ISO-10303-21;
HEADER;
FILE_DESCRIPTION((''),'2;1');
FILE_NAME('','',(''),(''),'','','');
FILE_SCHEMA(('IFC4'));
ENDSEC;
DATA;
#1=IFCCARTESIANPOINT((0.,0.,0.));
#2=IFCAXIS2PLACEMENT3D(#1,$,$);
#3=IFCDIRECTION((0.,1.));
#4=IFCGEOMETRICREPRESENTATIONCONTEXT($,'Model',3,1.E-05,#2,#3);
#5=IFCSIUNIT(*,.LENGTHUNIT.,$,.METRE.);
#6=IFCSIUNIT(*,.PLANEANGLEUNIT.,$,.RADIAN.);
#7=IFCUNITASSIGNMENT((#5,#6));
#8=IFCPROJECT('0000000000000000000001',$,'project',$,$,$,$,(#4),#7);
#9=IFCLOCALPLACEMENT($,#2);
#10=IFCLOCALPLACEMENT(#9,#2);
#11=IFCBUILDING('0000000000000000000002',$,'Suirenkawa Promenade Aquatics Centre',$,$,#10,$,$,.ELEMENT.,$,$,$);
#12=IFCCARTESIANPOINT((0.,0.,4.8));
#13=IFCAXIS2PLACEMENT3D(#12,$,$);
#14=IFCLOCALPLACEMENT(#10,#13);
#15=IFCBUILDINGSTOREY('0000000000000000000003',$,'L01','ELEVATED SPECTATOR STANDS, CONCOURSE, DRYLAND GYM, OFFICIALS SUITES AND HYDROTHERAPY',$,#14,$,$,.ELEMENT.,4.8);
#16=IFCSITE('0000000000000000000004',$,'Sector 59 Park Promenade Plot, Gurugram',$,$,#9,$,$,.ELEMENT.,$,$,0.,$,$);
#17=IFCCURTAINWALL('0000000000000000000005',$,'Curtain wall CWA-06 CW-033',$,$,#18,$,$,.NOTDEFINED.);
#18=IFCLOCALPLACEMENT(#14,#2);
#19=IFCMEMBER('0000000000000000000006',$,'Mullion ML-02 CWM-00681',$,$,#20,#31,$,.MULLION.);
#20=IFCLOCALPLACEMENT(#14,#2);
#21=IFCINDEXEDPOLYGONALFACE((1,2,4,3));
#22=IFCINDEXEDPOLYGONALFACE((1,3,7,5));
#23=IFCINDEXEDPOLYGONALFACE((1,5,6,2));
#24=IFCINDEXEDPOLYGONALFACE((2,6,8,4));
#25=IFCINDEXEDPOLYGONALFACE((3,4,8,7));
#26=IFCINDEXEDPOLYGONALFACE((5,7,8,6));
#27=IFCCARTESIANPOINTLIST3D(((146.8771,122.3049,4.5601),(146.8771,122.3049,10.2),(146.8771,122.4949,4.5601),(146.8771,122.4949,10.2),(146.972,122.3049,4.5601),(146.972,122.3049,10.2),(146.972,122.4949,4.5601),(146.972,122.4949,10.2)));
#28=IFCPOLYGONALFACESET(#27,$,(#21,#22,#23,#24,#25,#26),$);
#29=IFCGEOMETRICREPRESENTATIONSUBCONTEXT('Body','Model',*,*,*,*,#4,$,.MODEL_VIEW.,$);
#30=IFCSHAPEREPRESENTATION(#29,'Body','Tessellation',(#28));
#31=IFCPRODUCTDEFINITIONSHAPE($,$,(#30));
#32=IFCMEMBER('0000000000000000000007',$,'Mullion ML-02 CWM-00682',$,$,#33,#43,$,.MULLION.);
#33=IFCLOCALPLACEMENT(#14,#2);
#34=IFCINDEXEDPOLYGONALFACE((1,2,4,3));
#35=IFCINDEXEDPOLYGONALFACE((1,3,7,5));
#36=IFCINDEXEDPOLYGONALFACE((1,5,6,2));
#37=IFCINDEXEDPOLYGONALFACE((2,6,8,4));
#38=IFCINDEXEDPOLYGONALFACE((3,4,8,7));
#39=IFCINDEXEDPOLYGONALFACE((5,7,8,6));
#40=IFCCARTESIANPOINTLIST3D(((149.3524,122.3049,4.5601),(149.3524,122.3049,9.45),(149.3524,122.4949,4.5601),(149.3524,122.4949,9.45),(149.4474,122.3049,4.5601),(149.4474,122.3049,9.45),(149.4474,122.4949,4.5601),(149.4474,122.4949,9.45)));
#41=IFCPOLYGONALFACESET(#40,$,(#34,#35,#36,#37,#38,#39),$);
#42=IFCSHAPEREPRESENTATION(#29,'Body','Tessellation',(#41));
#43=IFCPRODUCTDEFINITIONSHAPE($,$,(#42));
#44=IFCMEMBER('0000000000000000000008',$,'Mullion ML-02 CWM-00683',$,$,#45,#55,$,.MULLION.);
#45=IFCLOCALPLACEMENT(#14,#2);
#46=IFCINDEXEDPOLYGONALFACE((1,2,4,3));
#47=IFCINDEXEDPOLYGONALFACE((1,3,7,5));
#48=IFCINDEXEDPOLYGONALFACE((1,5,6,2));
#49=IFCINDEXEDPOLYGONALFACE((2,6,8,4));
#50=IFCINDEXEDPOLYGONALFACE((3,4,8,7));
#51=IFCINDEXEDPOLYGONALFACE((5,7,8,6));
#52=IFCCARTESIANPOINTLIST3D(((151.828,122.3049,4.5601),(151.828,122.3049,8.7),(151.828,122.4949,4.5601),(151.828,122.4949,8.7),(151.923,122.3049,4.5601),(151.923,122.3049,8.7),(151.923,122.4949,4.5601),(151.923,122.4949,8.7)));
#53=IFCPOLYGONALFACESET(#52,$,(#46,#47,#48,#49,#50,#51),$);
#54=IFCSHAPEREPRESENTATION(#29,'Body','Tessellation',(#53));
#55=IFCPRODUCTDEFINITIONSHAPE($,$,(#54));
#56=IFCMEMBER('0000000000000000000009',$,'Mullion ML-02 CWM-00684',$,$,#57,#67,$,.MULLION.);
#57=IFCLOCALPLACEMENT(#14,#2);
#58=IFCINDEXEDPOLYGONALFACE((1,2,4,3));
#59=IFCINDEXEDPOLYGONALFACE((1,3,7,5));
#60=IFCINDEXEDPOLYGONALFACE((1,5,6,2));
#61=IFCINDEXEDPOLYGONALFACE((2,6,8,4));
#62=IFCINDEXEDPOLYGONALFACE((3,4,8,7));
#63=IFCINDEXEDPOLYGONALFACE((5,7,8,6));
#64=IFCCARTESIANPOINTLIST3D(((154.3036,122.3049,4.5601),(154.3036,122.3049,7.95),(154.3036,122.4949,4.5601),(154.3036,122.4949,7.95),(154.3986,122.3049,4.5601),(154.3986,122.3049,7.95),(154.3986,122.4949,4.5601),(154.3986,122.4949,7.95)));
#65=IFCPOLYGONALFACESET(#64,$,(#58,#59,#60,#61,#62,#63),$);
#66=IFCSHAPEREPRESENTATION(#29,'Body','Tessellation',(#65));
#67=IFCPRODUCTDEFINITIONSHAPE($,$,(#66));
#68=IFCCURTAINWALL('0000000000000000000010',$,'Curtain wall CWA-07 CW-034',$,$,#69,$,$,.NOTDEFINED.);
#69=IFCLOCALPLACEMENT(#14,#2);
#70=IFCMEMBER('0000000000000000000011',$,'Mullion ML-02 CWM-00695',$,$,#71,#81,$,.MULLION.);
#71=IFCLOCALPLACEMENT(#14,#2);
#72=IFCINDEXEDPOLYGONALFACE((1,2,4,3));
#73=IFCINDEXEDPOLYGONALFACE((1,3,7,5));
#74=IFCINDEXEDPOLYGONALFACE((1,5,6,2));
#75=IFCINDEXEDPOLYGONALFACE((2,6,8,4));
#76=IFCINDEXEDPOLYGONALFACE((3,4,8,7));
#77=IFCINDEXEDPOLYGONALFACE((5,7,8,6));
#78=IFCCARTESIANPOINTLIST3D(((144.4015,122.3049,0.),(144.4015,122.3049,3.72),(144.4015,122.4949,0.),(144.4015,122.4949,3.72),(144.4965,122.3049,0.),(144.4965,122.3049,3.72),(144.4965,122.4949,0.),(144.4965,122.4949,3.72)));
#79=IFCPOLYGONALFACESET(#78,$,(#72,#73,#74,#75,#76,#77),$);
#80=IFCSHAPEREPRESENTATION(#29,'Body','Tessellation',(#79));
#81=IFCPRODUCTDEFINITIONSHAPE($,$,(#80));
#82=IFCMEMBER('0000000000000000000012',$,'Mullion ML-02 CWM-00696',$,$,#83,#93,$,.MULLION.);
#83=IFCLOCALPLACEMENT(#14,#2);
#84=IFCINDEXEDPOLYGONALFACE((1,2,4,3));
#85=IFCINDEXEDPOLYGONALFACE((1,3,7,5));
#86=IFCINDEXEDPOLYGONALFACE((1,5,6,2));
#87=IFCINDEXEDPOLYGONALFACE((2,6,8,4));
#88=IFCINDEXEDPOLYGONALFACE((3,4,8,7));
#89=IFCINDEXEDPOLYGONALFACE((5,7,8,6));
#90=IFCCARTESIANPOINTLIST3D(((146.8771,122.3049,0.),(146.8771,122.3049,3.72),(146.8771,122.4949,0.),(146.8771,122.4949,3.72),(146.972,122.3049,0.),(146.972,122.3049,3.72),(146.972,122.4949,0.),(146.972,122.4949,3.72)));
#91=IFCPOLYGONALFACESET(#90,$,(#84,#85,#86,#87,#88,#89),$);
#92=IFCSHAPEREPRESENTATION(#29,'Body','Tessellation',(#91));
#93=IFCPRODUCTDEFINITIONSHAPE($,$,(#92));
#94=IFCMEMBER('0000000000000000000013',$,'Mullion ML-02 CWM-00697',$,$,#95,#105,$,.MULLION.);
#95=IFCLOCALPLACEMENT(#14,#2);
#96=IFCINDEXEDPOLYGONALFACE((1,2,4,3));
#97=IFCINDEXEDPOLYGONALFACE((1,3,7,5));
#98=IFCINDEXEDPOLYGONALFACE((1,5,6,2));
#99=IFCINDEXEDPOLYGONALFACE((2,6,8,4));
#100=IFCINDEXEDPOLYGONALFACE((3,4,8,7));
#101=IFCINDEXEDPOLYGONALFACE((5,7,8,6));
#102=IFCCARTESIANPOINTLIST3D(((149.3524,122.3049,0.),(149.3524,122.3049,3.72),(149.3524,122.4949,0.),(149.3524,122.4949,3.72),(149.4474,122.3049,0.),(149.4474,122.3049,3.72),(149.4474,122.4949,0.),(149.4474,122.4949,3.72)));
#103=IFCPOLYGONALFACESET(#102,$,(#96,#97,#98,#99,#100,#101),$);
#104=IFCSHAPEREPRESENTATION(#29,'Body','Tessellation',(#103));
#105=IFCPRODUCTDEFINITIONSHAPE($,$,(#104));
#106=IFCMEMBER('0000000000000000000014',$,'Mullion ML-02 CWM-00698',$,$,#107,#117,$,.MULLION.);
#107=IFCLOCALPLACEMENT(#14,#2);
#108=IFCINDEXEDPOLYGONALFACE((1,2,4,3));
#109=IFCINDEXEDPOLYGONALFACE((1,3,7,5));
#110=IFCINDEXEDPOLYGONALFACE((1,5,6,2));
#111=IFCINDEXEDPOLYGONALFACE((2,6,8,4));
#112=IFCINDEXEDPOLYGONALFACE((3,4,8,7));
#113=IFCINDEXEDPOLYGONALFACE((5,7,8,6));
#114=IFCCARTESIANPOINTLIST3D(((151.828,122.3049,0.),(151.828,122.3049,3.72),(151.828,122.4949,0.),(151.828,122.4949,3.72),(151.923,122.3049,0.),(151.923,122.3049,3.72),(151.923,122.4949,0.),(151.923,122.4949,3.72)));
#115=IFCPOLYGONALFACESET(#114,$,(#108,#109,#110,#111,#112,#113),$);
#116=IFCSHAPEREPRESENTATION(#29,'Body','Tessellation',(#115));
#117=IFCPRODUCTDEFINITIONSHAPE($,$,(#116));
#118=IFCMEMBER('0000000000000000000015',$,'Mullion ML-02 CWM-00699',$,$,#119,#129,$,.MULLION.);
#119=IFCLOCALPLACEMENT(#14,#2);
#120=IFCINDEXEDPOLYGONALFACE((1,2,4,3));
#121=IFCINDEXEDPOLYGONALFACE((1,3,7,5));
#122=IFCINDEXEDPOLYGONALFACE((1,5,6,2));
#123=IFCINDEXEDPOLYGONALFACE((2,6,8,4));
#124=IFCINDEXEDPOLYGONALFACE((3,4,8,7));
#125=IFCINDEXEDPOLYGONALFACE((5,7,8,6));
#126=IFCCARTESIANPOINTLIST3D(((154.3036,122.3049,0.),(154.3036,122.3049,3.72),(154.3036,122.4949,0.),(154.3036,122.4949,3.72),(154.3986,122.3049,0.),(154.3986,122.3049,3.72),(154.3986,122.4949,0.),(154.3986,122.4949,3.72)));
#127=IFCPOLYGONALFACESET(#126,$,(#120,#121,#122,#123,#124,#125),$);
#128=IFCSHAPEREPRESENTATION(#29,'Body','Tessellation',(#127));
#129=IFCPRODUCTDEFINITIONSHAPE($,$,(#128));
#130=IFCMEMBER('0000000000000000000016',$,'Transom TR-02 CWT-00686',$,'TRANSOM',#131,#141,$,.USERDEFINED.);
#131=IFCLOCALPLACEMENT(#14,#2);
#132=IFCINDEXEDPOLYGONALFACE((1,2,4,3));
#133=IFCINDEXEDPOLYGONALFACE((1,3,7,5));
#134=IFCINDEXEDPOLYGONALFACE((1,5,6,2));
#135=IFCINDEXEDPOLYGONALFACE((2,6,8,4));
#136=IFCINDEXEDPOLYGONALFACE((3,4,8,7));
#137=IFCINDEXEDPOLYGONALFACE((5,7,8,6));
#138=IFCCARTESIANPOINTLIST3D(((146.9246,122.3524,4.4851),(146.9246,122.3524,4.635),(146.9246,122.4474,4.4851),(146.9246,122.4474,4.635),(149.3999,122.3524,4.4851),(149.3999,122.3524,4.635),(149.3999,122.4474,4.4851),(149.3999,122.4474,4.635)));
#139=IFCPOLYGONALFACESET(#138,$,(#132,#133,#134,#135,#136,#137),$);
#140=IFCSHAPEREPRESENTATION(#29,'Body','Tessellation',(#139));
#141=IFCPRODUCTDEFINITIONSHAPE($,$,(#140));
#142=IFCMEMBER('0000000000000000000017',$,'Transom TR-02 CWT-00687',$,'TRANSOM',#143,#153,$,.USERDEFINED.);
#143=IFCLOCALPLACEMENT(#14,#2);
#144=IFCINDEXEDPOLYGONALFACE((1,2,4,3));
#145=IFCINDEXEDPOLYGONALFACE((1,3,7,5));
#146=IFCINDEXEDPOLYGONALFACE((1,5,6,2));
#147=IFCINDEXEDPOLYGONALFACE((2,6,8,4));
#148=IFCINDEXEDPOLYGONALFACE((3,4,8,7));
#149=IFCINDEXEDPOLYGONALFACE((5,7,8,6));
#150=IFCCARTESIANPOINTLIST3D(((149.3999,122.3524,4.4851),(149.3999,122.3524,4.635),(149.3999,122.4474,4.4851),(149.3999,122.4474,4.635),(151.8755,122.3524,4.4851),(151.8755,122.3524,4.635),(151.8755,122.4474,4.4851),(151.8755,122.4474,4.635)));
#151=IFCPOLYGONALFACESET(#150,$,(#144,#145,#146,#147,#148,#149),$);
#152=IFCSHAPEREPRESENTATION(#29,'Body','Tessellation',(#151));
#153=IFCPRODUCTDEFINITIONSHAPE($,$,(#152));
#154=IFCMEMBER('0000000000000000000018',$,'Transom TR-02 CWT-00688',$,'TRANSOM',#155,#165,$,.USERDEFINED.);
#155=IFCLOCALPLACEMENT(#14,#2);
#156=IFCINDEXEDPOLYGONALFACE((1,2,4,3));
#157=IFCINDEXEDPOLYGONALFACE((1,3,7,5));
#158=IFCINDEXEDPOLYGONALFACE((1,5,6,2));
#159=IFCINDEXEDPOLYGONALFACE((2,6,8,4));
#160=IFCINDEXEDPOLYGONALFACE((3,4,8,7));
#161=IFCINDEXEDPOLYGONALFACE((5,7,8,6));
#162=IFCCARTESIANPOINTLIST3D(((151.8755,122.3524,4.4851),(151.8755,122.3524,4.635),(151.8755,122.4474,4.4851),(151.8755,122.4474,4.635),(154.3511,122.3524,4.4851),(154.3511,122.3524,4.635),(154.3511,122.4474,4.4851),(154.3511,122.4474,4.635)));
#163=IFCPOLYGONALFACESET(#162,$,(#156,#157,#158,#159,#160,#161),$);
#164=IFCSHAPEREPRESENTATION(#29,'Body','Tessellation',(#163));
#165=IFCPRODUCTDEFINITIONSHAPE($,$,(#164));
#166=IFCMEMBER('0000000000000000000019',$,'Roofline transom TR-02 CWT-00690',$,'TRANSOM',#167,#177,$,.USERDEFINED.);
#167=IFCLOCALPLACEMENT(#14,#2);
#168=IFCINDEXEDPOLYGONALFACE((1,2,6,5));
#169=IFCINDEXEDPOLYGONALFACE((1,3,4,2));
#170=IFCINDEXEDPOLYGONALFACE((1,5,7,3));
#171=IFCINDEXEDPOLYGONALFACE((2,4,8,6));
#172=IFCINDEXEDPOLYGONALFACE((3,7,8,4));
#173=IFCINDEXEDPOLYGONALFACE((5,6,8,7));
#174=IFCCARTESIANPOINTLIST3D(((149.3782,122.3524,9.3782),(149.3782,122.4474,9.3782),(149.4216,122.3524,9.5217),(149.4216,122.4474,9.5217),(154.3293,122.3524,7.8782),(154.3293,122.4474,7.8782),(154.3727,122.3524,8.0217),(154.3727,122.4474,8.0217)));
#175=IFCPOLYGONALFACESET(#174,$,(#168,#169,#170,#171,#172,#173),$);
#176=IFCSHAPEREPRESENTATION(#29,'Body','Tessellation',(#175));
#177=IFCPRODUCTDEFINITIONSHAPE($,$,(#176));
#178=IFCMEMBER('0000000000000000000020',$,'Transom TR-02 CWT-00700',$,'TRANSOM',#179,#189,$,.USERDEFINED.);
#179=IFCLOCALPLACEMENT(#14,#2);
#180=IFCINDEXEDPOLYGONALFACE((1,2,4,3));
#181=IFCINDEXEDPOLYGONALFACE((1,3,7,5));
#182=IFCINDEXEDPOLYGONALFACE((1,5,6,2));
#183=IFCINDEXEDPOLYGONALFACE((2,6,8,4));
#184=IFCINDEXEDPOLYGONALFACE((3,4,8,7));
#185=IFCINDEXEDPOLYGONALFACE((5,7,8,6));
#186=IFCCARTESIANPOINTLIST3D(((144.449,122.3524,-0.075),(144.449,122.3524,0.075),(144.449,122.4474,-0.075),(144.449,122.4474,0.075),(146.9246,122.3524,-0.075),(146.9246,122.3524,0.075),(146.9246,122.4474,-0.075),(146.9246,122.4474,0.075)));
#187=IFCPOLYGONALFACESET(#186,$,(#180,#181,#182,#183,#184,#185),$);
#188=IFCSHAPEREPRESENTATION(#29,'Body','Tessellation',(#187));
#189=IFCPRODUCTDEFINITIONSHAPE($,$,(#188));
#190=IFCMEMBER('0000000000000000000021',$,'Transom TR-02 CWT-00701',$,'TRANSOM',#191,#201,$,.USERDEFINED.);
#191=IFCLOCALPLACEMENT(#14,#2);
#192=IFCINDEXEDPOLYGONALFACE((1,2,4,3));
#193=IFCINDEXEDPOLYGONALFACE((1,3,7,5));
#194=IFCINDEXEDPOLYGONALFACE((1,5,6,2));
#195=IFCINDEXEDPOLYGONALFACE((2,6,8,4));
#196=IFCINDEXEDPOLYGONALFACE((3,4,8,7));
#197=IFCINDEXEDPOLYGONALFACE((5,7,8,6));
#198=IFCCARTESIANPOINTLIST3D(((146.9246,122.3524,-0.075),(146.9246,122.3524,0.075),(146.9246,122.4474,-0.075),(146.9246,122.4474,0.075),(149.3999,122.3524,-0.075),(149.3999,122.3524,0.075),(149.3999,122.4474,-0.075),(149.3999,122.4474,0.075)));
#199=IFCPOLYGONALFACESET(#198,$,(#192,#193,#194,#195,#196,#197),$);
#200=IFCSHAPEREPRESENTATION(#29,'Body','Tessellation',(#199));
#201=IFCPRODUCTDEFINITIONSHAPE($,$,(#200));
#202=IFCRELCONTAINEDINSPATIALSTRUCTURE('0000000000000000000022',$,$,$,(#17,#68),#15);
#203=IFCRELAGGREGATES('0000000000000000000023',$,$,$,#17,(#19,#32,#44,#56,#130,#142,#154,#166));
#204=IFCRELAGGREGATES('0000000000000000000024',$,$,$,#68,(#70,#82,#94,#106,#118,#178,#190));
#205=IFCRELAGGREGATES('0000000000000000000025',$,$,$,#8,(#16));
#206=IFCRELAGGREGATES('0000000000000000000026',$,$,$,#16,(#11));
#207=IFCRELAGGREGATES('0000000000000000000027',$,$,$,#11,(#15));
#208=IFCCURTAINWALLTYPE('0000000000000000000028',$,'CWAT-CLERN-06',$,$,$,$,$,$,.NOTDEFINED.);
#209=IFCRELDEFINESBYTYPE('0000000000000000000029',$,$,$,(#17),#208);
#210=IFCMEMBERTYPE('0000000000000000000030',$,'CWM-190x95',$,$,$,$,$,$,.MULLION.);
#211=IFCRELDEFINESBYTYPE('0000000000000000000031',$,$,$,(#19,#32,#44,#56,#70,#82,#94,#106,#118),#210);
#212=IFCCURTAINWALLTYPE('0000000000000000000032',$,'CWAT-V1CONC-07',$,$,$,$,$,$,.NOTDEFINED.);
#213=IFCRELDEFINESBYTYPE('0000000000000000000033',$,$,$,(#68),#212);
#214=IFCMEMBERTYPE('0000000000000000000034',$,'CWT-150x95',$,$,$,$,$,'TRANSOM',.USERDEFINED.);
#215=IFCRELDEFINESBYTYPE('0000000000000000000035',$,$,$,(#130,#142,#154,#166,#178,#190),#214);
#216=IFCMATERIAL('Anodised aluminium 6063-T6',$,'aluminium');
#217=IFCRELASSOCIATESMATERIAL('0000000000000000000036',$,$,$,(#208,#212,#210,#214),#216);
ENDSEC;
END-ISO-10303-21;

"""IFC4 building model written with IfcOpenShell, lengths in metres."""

from ifc_helpers import new_model, si_unit, direction, frame, origin, origin_2d, place, context, subcontext, project, spatial, rectangle, extrude, material, material_profile, profile_set, type_object, element, aggregate, save


model = new_model("IFC4")

# Units and contexts
model_context = context("Model", 3, precision=1e-05, world=origin(), true_north=direction((0.0, 1.0)))
body_context = subcontext(model_context, "Body", "Model", "MODEL_VIEW")
ifc_project = project(units=[si_unit("LENGTHUNIT", "METRE"), si_unit("PLANEANGLEUNIT", "RADIAN")], contexts=[model_context])

# Site, building, storey
site_placement = place(None, origin())
site = spatial("IfcSite", under=ifc_project, at=site_placement, Name="Sector 59 Park Promenade Plot, Gurugram", CompositionType="ELEMENT", RefElevation=0.0)
building_placement = place(site_placement, origin())
building = spatial("IfcBuilding", under=site, at=building_placement, Name="Suirenkawa Promenade Aquatics Centre", CompositionType="ELEMENT")
storey_placement = place(building_placement, frame((0.0, 0.0, 4.8)))
storey = spatial("IfcBuildingStorey", under=building, at=storey_placement, Name="L01", Description="ELEVATED SPECTATOR STANDS, CONCOURSE, DRYLAND GYM, OFFICIALS SUITES AND HYDROTHERAPY", CompositionType="ELEMENT", Elevation=4.8)

# Curtain walls, members
ifc_material_1 = material(Name="Anodised aluminium 6063-T6", Category="aluminium")
curtain_wall_type_1 = type_object("IfcCurtainWallType", Name="CWAT-CLERN-06", PredefinedType="NOTDEFINED", material=ifc_material_1)
curtain_wall_1_placement = place(storey_placement, origin())
curtain_wall_1 = element("IfcCurtainWall", 1, at=curtain_wall_1_placement, inside=storey, type_object=curtain_wall_type_1, Name="Curtain wall CWA-06 CW-033", PredefinedType="NOTDEFINED")
ifc_material_profile_1 = material_profile(ifc_material_1, rectangle(XDim=0.095, YDim=0.1899, at=origin_2d()), Name="ALU MULL 95x190", Category="aluminium")
ifc_profile_set_1 = profile_set([ifc_material_profile_1], Name="Anodised aluminium 6063-T6")
member_type_1 = type_object("IfcMemberType", Name="CWM-190x95", PredefinedType="MULLION", material=ifc_profile_set_1)
member_1_placement = place(storey_placement, frame((146.9246, 122.3999, 4.5601), z_axis=(0.0, 0.0, 1.0), x_axis=(1.0, 0.0, 0.0)))
member_1 = element("IfcMember", 2, at=member_1_placement, type_object=member_type_1, Name="Mullion ML-02 CWM-00681", PredefinedType="MULLION", context=body_context, shape_type="SweptSolid", body=[
    extrude(rectangle(XDim=0.095, YDim=0.1899, at=origin_2d()), origin(), (0.0, 0.0, 1.0), 5.6399),
])
member_2_placement = place(storey_placement, frame((149.3999, 122.3999, 4.5601), z_axis=(0.0, 0.0, 1.0), x_axis=(1.0, 0.0, 0.0)))
member_2 = element("IfcMember", 3, at=member_2_placement, type_object=member_type_1, Name="Mullion ML-02 CWM-00682", PredefinedType="MULLION", context=body_context, shape_type="SweptSolid", body=[
    extrude(rectangle(XDim=0.095, YDim=0.1899, at=origin_2d()), origin(), (0.0, 0.0, 1.0), 4.8899),
])
member_3_placement = place(storey_placement, frame((151.8755, 122.3999, 4.5601), z_axis=(0.0, 0.0, 1.0), x_axis=(1.0, 0.0, 0.0)))
member_3 = element("IfcMember", 4, at=member_3_placement, type_object=member_type_1, Name="Mullion ML-02 CWM-00683", PredefinedType="MULLION", context=body_context, shape_type="SweptSolid", body=[
    extrude(rectangle(XDim=0.095, YDim=0.1899, at=origin_2d()), origin(), (0.0, 0.0, 1.0), 4.1399),
])
member_4_placement = place(storey_placement, frame((154.3511, 122.3999, 4.5601), z_axis=(0.0, 0.0, 1.0), x_axis=(1.0, 0.0, 0.0)))
member_4 = element("IfcMember", 5, at=member_4_placement, type_object=member_type_1, Name="Mullion ML-02 CWM-00684", PredefinedType="MULLION", context=body_context, shape_type="SweptSolid", body=[
    extrude(rectangle(XDim=0.095, YDim=0.1899, at=origin_2d()), origin(), (0.0, 0.0, 1.0), 3.3899),
])
curtain_wall_type_2 = type_object("IfcCurtainWallType", Name="CWAT-V1CONC-07", PredefinedType="NOTDEFINED", material=ifc_material_1)
curtain_wall_2_placement = place(storey_placement, origin())
curtain_wall_2 = element("IfcCurtainWall", 6, at=curtain_wall_2_placement, inside=storey, type_object=curtain_wall_type_2, Name="Curtain wall CWA-07 CW-034", PredefinedType="NOTDEFINED")
member_5_placement = place(storey_placement, frame((144.449, 122.3999, 0.0), z_axis=(0.0, 0.0, 1.0), x_axis=(1.0, 0.0, 0.0)))
member_5 = element("IfcMember", 7, at=member_5_placement, type_object=member_type_1, Name="Mullion ML-02 CWM-00695", PredefinedType="MULLION", context=body_context, shape_type="SweptSolid", body=[
    extrude(rectangle(XDim=0.095, YDim=0.1899, at=origin_2d()), origin(), (0.0, 0.0, 1.0), 3.72),
])
member_6_placement = place(storey_placement, frame((146.9246, 122.3999, 0.0), z_axis=(0.0, 0.0, 1.0), x_axis=(1.0, 0.0, 0.0)))
member_6 = element("IfcMember", 8, at=member_6_placement, type_object=member_type_1, Name="Mullion ML-02 CWM-00696", PredefinedType="MULLION", context=body_context, shape_type="SweptSolid", body=[
    extrude(rectangle(XDim=0.095, YDim=0.1899, at=origin_2d()), origin(), (0.0, 0.0, 1.0), 3.72),
])
member_7_placement = place(storey_placement, frame((149.3999, 122.3999, 0.0), z_axis=(0.0, 0.0, 1.0), x_axis=(1.0, 0.0, 0.0)))
member_7 = element("IfcMember", 9, at=member_7_placement, type_object=member_type_1, Name="Mullion ML-02 CWM-00697", PredefinedType="MULLION", context=body_context, shape_type="SweptSolid", body=[
    extrude(rectangle(XDim=0.095, YDim=0.1899, at=origin_2d()), origin(), (0.0, 0.0, 1.0), 3.72),
])
member_8_placement = place(storey_placement, frame((151.8755, 122.3999, 0.0), z_axis=(0.0, 0.0, 1.0), x_axis=(1.0, 0.0, 0.0)))
member_8 = element("IfcMember", 10, at=member_8_placement, type_object=member_type_1, Name="Mullion ML-02 CWM-00698", PredefinedType="MULLION", context=body_context, shape_type="SweptSolid", body=[
    extrude(rectangle(XDim=0.095, YDim=0.1899, at=origin_2d()), origin(), (0.0, 0.0, 1.0), 3.72),
])
member_9_placement = place(storey_placement, frame((154.3511, 122.3999, 0.0), z_axis=(0.0, 0.0, 1.0), x_axis=(1.0, 0.0, 0.0)))
member_9 = element("IfcMember", 11, at=member_9_placement, type_object=member_type_1, Name="Mullion ML-02 CWM-00699", PredefinedType="MULLION", context=body_context, shape_type="SweptSolid", body=[
    extrude(rectangle(XDim=0.095, YDim=0.1899, at=origin_2d()), origin(), (0.0, 0.0, 1.0), 3.72),
])

# Members
ifc_material_profile_2 = material_profile(ifc_material_1, rectangle(XDim=0.095, YDim=0.1499, at=origin_2d()), Name="ALU TRAN 95x150", Category="aluminium")
ifc_profile_set_2 = profile_set([ifc_material_profile_2], Name="Anodised aluminium 6063-T6")
member_type_2 = type_object("IfcMemberType", Name="CWT-150x95", ElementType="TRANSOM", PredefinedType="USERDEFINED", material=ifc_profile_set_2)
member_10_placement = place(storey_placement, frame((146.9246, 122.3999, 4.5601), z_axis=(1.0, 0.0, 0.0), x_axis=(0.0, 1.0, 0.0)))
member_10 = element("IfcMember", 12, at=member_10_placement, type_object=member_type_2, Name="Transom TR-02 CWT-00686", ObjectType="TRANSOM", PredefinedType="USERDEFINED", context=body_context, shape_type="SweptSolid", body=[
    extrude(rectangle(XDim=0.095, YDim=0.1499, at=origin_2d()), origin(), (0.0, 0.0, 1.0), 2.4753),
])
member_11_placement = place(storey_placement, frame((149.3999, 122.3999, 4.5601), z_axis=(1.0, 0.0, 0.0), x_axis=(0.0, 1.0, 0.0)))
member_11 = element("IfcMember", 13, at=member_11_placement, type_object=member_type_2, Name="Transom TR-02 CWT-00687", ObjectType="TRANSOM", PredefinedType="USERDEFINED", context=body_context, shape_type="SweptSolid", body=[
    extrude(rectangle(XDim=0.095, YDim=0.1499, at=origin_2d()), origin(), (0.0, 0.0, 1.0), 2.4756),
])
member_12_placement = place(storey_placement, frame((151.8755, 122.3999, 4.5601), z_axis=(1.0, 0.0, 0.0), x_axis=(0.0, 1.0, 0.0)))
member_12 = element("IfcMember", 14, at=member_12_placement, type_object=member_type_2, Name="Transom TR-02 CWT-00688", ObjectType="TRANSOM", PredefinedType="USERDEFINED", context=body_context, shape_type="SweptSolid", body=[
    extrude(rectangle(XDim=0.095, YDim=0.1499, at=origin_2d()), origin(), (0.0, 0.0, 1.0), 2.4756),
])
member_13_placement = place(storey_placement, frame((149.3999, 122.3999, 9.45), z_axis=(0.957043, 0.0, -0.289945), x_axis=(0.0, 1.0, 0.0)))
member_13 = element("IfcMember", 15, at=member_13_placement, type_object=member_type_2, Name="Roofline transom TR-02 CWT-00690", ObjectType="TRANSOM", PredefinedType="USERDEFINED", context=body_context, shape_type="SweptSolid", body=[
    extrude(rectangle(XDim=0.095, YDim=0.1499, at=origin_2d()), origin(), (0.0, 0.0, 1.0), 5.1733),
])
member_14_placement = place(storey_placement, frame((144.449, 122.3999, 0.0), z_axis=(1.0, 0.0, 0.0), x_axis=(0.0, 1.0, 0.0)))
member_14 = element("IfcMember", 16, at=member_14_placement, type_object=member_type_2, Name="Transom TR-02 CWT-00700", ObjectType="TRANSOM", PredefinedType="USERDEFINED", context=body_context, shape_type="SweptSolid", body=[
    extrude(rectangle(XDim=0.095, YDim=0.1499, at=origin_2d()), origin(), (0.0, 0.0, 1.0), 2.4756),
])
member_15_placement = place(storey_placement, frame((146.9246, 122.3999, 0.0), z_axis=(1.0, 0.0, 0.0), x_axis=(0.0, 1.0, 0.0)))
member_15 = element("IfcMember", 17, at=member_15_placement, type_object=member_type_2, Name="Transom TR-02 CWT-00701", ObjectType="TRANSOM", PredefinedType="USERDEFINED", context=body_context, shape_type="SweptSolid", body=[
    extrude(rectangle(XDim=0.095, YDim=0.1499, at=origin_2d()), origin(), (0.0, 0.0, 1.0), 2.4753),
])

aggregate(curtain_wall_1, [member_1, member_2, member_3, member_4, member_10, member_11, member_12, member_13])
aggregate(curtain_wall_2, [member_5, member_6, member_7, member_8, member_9, member_14, member_15])

save(model, "model.ifc")
